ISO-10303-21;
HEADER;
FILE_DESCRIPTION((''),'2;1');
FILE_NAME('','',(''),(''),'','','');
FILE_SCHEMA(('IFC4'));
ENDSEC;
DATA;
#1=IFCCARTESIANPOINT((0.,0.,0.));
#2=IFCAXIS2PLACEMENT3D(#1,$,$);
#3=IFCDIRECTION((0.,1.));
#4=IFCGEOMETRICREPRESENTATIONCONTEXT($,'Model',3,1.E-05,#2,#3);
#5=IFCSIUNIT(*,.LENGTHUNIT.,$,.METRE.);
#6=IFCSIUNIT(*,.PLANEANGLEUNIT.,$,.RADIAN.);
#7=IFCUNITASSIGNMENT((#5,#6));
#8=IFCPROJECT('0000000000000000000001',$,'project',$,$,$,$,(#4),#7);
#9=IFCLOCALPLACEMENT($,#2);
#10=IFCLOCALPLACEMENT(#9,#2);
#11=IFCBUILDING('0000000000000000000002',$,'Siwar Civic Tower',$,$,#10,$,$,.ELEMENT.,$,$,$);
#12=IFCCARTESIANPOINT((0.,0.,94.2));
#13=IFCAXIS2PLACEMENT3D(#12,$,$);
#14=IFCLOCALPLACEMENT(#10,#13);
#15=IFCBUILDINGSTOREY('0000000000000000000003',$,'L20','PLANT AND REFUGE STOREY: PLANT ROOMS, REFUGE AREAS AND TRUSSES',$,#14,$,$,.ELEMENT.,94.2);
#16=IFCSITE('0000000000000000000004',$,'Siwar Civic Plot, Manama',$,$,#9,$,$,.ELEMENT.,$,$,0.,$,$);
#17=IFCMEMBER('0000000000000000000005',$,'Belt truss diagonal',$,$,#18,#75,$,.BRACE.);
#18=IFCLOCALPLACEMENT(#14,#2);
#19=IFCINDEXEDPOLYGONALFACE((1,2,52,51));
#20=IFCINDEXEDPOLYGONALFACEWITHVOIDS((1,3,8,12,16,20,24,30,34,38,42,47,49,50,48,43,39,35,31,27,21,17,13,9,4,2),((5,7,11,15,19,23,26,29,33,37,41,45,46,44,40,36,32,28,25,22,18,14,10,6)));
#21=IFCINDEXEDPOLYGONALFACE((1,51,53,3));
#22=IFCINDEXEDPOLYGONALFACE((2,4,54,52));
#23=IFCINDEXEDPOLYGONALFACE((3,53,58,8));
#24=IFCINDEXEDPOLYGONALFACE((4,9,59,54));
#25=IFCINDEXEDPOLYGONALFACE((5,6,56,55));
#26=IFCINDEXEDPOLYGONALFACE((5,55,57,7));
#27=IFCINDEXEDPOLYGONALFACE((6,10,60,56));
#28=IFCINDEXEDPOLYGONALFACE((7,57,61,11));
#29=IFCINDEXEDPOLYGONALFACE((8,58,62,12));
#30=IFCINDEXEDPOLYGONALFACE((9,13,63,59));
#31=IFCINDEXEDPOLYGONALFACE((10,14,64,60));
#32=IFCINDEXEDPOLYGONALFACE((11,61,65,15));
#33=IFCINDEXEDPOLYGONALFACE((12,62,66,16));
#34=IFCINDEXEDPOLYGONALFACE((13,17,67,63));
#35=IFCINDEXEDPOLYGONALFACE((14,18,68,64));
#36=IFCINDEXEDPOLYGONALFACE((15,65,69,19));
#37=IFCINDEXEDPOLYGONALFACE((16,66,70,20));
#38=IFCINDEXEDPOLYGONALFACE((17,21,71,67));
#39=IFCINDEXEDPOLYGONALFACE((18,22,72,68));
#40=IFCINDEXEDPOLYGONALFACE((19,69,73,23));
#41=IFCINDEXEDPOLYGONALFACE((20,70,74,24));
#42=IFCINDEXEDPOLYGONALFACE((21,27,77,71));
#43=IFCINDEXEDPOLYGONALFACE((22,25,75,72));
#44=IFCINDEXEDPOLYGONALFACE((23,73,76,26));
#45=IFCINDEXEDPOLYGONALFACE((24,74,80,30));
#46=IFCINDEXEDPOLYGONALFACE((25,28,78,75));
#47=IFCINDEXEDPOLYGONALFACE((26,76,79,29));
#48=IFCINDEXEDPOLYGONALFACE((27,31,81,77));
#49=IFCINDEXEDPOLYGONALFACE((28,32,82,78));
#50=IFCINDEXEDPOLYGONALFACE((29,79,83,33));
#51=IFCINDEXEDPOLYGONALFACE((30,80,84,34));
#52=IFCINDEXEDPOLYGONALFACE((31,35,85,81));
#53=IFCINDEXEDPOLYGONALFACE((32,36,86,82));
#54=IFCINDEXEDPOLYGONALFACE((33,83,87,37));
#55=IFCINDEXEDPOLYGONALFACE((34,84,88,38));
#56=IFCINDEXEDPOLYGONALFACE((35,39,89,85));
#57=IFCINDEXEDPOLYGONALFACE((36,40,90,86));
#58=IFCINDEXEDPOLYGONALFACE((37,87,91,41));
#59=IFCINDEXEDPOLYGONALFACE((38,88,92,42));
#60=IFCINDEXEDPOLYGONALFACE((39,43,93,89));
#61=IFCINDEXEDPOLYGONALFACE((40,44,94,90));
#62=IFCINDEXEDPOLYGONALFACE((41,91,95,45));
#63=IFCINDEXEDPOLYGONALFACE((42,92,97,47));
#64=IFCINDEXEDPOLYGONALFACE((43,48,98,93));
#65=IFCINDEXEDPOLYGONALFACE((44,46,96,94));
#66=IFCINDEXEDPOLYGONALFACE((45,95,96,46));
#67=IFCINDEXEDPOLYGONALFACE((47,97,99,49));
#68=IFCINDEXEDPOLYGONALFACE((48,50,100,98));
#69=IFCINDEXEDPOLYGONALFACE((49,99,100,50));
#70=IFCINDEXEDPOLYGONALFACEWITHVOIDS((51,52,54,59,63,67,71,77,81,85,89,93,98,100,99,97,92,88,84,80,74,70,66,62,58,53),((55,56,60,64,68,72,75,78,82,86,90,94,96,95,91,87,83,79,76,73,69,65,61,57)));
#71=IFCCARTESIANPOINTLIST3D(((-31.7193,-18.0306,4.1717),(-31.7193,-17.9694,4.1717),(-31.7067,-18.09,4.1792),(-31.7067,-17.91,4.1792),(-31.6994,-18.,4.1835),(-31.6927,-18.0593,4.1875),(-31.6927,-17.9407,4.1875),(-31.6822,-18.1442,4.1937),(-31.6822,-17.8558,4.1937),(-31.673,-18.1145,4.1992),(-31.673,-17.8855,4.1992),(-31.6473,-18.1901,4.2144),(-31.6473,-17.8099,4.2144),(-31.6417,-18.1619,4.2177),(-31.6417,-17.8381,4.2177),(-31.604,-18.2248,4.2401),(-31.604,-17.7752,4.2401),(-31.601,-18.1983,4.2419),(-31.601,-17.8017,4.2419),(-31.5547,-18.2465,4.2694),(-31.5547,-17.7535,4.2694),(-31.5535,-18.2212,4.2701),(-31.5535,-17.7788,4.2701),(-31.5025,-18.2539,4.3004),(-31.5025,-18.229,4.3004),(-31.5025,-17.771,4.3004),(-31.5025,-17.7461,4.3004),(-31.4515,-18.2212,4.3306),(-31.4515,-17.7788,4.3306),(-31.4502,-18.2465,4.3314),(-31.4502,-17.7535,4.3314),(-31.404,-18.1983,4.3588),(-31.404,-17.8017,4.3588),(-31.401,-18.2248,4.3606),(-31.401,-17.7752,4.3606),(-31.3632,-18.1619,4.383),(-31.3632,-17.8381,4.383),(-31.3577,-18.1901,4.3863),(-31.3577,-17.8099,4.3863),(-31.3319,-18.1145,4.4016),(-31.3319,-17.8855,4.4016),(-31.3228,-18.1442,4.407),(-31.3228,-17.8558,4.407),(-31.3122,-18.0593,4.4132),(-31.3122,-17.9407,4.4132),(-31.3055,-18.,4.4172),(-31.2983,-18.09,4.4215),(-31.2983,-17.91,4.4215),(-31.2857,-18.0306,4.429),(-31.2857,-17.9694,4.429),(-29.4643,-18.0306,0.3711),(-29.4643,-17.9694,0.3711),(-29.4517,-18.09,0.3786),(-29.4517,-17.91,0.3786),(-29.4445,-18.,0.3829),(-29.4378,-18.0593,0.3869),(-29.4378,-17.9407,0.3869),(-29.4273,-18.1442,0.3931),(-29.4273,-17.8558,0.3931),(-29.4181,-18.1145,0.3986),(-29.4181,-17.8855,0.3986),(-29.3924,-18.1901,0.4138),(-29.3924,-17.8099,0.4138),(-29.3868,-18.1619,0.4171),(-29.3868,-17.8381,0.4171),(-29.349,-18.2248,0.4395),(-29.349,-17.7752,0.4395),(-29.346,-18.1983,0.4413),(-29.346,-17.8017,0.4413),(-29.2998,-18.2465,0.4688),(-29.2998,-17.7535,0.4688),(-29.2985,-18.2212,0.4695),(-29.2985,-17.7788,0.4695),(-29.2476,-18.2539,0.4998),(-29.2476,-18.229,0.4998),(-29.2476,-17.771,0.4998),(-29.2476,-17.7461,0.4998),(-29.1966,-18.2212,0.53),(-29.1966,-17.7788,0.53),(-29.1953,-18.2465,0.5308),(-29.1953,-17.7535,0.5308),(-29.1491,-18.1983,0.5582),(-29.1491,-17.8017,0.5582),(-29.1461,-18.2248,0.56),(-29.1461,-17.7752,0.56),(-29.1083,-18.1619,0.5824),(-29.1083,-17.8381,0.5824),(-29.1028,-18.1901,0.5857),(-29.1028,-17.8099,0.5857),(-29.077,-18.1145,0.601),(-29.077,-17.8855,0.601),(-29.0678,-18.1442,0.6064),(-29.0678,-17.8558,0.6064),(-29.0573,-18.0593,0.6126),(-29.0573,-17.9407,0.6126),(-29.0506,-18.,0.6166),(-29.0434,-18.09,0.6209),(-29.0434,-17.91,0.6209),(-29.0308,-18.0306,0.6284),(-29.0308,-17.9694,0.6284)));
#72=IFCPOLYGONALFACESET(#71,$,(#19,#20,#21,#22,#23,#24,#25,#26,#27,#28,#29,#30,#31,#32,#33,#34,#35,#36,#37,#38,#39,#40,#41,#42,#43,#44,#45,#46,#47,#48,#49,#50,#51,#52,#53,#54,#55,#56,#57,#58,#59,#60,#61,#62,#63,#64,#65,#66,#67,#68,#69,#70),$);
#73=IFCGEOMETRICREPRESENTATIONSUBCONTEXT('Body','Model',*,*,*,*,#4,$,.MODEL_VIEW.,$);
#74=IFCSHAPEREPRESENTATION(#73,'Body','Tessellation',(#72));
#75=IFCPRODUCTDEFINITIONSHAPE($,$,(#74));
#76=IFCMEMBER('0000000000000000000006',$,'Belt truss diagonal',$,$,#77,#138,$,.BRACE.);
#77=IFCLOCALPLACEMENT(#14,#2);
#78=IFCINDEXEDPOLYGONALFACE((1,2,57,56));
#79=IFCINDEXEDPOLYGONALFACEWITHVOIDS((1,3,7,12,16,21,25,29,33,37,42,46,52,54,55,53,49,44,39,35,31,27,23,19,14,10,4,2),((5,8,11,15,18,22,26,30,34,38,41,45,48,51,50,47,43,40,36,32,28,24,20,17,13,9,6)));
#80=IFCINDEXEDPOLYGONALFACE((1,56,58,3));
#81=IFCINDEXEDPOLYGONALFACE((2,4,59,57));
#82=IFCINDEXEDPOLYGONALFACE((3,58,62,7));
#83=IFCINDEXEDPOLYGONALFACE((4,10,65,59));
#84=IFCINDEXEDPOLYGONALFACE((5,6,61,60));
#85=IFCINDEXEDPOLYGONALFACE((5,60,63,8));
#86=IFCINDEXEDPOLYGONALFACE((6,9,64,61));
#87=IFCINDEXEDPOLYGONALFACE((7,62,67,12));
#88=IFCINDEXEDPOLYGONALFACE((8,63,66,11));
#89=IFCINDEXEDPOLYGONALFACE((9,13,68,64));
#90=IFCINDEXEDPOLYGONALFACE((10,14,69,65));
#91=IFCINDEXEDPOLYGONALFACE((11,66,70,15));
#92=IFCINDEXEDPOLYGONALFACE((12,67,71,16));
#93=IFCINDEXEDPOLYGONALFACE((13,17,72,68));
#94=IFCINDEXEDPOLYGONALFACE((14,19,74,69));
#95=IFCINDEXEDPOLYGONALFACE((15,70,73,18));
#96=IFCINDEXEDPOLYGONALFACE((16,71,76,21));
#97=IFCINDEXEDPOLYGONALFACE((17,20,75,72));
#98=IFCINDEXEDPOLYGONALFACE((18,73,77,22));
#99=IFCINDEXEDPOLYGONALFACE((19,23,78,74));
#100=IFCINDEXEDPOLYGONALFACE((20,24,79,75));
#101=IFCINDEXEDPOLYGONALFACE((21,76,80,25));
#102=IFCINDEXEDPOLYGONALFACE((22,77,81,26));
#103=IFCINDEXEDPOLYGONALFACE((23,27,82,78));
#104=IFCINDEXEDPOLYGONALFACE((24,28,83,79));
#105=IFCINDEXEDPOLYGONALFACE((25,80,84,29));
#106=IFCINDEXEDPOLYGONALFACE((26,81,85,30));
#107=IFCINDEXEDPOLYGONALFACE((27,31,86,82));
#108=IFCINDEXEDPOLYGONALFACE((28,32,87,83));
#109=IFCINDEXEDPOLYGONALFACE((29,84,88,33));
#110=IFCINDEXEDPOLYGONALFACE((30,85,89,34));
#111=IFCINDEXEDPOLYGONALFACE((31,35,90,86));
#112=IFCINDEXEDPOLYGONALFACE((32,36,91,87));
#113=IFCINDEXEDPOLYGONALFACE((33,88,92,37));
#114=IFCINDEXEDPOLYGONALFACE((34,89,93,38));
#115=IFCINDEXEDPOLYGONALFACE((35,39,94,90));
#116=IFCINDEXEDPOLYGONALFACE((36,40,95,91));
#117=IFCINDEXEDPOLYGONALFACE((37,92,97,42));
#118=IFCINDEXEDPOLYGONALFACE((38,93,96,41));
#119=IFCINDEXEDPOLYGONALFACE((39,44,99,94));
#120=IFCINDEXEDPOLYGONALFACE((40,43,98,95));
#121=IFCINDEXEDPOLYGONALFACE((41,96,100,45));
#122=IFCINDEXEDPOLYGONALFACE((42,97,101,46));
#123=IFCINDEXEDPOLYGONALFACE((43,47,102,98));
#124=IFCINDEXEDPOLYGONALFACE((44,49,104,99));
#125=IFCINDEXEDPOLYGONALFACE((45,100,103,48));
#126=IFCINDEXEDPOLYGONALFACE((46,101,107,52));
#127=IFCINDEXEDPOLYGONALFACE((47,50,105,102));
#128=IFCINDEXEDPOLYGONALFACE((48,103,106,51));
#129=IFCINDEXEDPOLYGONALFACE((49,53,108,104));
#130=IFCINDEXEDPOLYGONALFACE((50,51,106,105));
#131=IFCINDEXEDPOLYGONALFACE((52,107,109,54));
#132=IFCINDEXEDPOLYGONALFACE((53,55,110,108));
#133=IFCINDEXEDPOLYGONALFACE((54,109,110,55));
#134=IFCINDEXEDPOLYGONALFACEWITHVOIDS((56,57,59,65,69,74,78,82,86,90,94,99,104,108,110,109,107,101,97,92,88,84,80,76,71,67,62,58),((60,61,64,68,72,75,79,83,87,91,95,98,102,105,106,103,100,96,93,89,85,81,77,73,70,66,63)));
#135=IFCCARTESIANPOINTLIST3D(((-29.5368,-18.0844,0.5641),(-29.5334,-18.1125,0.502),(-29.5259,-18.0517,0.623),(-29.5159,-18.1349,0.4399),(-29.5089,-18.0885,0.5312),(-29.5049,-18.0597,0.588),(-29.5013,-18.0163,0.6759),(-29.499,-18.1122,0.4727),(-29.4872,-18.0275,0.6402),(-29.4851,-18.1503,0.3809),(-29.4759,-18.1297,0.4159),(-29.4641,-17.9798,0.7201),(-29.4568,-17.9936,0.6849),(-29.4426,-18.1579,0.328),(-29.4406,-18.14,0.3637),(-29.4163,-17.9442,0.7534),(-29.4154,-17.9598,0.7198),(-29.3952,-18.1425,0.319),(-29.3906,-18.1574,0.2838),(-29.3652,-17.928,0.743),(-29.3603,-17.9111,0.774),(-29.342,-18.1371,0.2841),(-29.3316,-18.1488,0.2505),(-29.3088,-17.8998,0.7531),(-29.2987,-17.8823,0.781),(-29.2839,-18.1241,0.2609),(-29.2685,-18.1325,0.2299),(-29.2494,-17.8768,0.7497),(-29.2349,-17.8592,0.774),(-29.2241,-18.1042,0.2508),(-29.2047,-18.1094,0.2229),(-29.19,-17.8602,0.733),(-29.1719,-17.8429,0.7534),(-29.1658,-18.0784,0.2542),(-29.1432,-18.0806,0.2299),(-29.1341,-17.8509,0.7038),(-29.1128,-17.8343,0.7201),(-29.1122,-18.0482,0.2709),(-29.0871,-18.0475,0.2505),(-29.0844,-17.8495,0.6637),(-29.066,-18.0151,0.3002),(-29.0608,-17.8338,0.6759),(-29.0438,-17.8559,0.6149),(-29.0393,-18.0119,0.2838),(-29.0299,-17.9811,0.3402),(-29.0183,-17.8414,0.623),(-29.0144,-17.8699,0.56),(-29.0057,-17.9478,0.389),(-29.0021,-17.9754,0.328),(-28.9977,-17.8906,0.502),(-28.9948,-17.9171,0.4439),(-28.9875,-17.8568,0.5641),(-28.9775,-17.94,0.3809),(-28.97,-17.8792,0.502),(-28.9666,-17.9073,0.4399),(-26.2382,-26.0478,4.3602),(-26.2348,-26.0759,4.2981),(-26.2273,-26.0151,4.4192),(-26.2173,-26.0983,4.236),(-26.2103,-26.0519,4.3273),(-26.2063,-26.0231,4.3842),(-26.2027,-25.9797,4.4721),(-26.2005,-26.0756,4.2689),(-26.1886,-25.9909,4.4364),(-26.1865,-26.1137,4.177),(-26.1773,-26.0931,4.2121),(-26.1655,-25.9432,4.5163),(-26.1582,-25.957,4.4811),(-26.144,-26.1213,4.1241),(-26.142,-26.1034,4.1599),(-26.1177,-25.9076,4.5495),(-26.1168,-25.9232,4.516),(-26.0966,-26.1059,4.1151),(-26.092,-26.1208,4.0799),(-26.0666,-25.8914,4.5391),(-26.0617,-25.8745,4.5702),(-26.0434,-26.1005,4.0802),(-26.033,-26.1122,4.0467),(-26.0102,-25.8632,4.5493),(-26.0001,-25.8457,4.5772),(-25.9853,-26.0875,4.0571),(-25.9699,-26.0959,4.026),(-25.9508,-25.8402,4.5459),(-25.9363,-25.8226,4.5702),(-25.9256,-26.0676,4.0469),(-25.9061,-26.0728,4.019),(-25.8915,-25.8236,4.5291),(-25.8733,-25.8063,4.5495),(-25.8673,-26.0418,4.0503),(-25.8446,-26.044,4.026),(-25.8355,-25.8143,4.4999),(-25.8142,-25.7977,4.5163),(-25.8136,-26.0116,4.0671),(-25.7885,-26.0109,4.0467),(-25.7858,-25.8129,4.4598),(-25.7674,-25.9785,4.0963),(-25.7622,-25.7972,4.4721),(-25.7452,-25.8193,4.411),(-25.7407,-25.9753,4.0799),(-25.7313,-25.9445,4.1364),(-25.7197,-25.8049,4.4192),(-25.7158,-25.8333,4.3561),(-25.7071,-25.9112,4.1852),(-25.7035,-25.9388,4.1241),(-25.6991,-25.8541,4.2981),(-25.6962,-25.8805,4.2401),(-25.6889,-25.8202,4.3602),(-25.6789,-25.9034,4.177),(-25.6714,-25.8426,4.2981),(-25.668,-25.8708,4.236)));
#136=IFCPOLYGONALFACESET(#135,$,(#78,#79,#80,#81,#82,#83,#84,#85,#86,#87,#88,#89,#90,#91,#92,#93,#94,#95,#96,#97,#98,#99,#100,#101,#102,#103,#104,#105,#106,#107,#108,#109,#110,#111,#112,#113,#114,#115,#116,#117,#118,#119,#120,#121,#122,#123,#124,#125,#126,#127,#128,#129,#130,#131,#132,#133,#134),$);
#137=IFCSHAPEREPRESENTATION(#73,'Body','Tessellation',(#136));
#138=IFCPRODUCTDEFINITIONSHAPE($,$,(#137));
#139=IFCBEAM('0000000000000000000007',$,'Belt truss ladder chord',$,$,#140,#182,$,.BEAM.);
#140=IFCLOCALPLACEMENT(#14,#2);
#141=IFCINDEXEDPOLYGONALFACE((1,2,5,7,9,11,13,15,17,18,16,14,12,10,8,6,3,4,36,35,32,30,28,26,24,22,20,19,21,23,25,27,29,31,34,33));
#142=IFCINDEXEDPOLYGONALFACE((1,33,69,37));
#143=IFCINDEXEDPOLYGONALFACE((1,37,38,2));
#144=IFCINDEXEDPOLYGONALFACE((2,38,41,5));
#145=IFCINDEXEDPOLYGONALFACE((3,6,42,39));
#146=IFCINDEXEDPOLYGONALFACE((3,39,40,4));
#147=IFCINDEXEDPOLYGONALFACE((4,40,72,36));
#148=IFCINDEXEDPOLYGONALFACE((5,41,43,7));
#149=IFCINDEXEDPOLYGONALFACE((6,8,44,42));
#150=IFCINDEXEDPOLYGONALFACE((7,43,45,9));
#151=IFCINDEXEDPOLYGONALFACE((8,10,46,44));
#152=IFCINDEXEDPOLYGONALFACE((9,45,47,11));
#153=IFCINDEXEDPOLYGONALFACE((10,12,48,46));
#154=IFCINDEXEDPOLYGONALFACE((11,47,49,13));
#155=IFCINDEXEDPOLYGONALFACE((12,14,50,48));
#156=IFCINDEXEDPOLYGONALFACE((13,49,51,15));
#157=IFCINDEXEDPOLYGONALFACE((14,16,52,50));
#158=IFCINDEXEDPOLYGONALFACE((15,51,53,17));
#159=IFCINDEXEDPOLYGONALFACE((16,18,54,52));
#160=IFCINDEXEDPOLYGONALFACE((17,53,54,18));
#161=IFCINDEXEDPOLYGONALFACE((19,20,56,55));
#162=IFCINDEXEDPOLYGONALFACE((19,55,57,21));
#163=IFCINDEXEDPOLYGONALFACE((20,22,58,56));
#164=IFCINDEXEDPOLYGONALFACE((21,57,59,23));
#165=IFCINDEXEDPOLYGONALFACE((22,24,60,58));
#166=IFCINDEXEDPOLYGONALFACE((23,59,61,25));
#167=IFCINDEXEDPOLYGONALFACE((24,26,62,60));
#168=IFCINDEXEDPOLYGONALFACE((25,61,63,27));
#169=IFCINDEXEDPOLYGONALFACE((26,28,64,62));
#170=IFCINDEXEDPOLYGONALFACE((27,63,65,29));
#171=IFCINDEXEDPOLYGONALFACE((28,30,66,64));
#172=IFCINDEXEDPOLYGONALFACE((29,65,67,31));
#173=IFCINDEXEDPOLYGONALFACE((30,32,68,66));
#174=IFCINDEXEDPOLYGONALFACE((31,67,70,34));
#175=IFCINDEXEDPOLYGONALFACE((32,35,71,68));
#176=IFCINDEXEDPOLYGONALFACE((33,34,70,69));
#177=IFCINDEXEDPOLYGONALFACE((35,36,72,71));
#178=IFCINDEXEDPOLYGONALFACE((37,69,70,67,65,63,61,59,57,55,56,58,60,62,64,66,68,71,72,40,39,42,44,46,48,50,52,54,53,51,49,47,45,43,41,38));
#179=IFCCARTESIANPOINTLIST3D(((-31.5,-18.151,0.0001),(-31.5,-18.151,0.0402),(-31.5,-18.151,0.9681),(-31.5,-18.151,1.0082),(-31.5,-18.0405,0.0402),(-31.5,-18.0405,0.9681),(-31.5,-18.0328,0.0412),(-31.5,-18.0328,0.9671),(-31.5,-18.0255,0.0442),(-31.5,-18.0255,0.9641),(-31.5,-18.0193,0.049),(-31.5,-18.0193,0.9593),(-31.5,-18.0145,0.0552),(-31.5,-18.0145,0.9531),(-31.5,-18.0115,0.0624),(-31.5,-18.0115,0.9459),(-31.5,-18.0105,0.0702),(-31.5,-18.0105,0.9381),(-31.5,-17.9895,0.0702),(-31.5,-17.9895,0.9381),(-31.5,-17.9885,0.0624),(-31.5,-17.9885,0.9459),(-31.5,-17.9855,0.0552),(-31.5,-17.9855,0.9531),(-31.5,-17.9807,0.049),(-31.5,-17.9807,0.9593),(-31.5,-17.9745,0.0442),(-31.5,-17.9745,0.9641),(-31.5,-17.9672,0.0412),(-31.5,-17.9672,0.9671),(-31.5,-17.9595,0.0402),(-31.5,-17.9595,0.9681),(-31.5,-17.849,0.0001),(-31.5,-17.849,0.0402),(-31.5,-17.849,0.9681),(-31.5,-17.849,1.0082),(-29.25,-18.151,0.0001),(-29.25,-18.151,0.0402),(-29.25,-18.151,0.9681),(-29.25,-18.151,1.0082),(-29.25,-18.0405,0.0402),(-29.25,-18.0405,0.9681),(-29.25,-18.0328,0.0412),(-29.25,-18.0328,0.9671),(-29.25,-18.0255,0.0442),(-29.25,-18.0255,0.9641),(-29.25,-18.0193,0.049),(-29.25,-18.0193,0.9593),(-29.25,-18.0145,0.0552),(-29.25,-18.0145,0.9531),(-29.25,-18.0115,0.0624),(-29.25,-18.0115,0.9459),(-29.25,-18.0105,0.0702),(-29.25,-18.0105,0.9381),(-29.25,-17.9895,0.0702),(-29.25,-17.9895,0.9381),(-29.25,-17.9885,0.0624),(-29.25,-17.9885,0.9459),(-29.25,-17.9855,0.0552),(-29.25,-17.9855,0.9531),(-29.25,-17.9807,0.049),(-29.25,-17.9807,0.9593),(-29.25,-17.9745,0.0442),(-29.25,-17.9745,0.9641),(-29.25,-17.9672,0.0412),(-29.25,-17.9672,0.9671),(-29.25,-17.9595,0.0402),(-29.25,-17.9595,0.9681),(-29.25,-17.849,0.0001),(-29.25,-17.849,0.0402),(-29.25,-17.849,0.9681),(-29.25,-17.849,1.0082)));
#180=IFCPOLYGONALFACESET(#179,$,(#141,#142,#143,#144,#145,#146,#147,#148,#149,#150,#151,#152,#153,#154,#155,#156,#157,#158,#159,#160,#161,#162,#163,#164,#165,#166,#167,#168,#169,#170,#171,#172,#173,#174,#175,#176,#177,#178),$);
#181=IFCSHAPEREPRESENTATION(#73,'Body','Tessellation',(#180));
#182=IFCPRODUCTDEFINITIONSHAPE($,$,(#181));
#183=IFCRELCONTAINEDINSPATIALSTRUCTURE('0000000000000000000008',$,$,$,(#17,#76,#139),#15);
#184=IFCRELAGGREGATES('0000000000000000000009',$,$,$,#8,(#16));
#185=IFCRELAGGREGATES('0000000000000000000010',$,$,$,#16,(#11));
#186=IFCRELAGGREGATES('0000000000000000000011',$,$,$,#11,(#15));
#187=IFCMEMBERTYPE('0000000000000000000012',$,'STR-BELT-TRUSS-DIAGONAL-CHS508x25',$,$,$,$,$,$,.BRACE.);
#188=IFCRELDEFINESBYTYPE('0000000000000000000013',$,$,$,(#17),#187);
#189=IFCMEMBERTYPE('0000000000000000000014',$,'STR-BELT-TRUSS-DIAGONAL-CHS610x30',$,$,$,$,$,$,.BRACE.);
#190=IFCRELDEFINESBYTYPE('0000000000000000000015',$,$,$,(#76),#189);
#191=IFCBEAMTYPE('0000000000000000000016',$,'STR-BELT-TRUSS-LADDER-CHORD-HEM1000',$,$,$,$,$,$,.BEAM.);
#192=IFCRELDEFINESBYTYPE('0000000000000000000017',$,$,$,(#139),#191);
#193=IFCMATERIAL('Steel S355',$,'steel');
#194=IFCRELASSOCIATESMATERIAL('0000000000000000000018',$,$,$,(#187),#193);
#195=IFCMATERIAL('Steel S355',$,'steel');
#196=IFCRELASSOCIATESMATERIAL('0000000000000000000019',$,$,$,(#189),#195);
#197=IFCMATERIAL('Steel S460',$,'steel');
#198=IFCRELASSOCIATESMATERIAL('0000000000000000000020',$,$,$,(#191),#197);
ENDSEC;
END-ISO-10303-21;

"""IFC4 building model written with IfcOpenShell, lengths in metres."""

from ifc_helpers import new_model, si_unit, direction, frame, origin, origin_2d, place, context, subcontext, project, spatial, hollow_circle, i_section, extrude, material, material_profile, profile_set, type_object, element, save


model = new_model("IFC4")

# Units and contexts
model_context = context("Model", 3, precision=1e-05, world=origin(), true_north=direction((0.0, 1.0)))
body_context = subcontext(model_context, "Body", "Model", "MODEL_VIEW")
ifc_project = project(units=[si_unit("LENGTHUNIT", "METRE"), si_unit("PLANEANGLEUNIT", "RADIAN")], contexts=[model_context])

# Site, building, storey
site_placement = place(None, origin())
site = spatial("IfcSite", under=ifc_project, at=site_placement, Name="Siwar Civic Plot, Manama", CompositionType="ELEMENT", RefElevation=0.0)
building_placement = place(site_placement, origin())
building = spatial("IfcBuilding", under=site, at=building_placement, Name="Siwar Civic Tower", CompositionType="ELEMENT")
storey_placement = place(building_placement, frame((0.0, 0.0, 94.2)))
storey = spatial("IfcBuildingStorey", under=building, at=storey_placement, Name="L20", Description="PLANT AND REFUGE STOREY: PLANT ROOMS, REFUGE AREAS AND TRUSSES", CompositionType="ELEMENT", Elevation=94.2)

# Members
ifc_material_1 = material(Name="Steel S355", Category="steel")
ifc_material_profile_1 = material_profile(ifc_material_1, hollow_circle(Radius=0.2539, WallThickness=0.0249, at=origin_2d()), Name="CHS508x25")
ifc_profile_set_1 = profile_set([ifc_material_profile_1], Name="Steel S355")
member_type_1 = type_object("IfcMemberType", Name="STR-BELT-TRUSS-DIAGONAL-CHS508x25", PredefinedType="BRACE", material=ifc_profile_set_1)
member_1_placement = place(storey_placement, frame((-29.2476, -18.0, 0.4998), z_axis=(-0.510257, 0.0, 0.860022), x_axis=(0.0, -1.0, 0.0)))
element("IfcMember", 1, at=member_1_placement, inside=storey, type_object=member_type_1, Name="Belt truss diagonal", PredefinedType="BRACE", context=body_context, shape_type="SweptSolid", body=[
    extrude(hollow_circle(Radius=0.2539, WallThickness=0.0249, at=origin_2d()), origin(), (0.0, 0.0, 1.0), 4.4192),
])
ifc_material_2 = material(Name="Steel S355", Category="steel")
ifc_material_profile_2 = material_profile(ifc_material_2, hollow_circle(Radius=0.3049, WallThickness=0.03, at=origin_2d()), Name="CHS610x30")
ifc_profile_set_2 = profile_set([ifc_material_profile_2], Name="Steel S355")
member_type_2 = type_object("IfcMemberType", Name="STR-BELT-TRUSS-DIAGONAL-CHS610x30", PredefinedType="BRACE", material=ifc_profile_set_2)
member_2_placement = place(storey_placement, frame((-29.2517, -17.9958, 0.502), z_axis=(0.350227, -0.845511, 0.403055), x_axis=(0.923878, 0.382688, 0.0)))
element("IfcMember", 2, at=member_2_placement, inside=storey, type_object=member_type_2, Name="Belt truss diagonal", PredefinedType="BRACE", context=body_context, shape_type="SweptSolid", body=[
    extrude(hollow_circle(Radius=0.3049, WallThickness=0.03, at=origin_2d()), origin(), (0.0, 0.0, 1.0), 9.4185),
])

# Beam
ifc_material_3 = material(Name="Steel S460", Category="steel")
ifc_material_profile_3 = material_profile(ifc_material_3, i_section(OverallWidth=0.302, OverallDepth=1.0081, WebThickness=0.021, FlangeThickness=0.04, FilletRadius=0.03, at=origin_2d()), Name="HEM1000")
ifc_profile_set_3 = profile_set([ifc_material_profile_3], Name="Steel S460")
beam_type_1 = type_object("IfcBeamType", Name="STR-BELT-TRUSS-LADDER-CHORD-HEM1000", PredefinedType="BEAM", material=ifc_profile_set_3)
for number, where, z_axis, x_axis, name in (
    (3, (-29.25, -18.0, 0.5042), (-1.0, 0.0, 0.0), (0.0, -1.0, 0.0), "Belt truss ladder chord"),
):
    element("IfcBeam", number, at=place(storey_placement, frame(where, z_axis=z_axis, x_axis=x_axis)), inside=storey, type_object=beam_type_1, Name=name, PredefinedType="BEAM", context=body_context, shape_type="SweptSolid", body=[
        extrude(i_section(OverallWidth=0.302, OverallDepth=1.0081, WebThickness=0.021, FlangeThickness=0.04, FilletRadius=0.03, at=origin_2d()), origin(), (0.0, 0.0, 1.0), 2.25),
    ])

save(model, "model.ifc")
